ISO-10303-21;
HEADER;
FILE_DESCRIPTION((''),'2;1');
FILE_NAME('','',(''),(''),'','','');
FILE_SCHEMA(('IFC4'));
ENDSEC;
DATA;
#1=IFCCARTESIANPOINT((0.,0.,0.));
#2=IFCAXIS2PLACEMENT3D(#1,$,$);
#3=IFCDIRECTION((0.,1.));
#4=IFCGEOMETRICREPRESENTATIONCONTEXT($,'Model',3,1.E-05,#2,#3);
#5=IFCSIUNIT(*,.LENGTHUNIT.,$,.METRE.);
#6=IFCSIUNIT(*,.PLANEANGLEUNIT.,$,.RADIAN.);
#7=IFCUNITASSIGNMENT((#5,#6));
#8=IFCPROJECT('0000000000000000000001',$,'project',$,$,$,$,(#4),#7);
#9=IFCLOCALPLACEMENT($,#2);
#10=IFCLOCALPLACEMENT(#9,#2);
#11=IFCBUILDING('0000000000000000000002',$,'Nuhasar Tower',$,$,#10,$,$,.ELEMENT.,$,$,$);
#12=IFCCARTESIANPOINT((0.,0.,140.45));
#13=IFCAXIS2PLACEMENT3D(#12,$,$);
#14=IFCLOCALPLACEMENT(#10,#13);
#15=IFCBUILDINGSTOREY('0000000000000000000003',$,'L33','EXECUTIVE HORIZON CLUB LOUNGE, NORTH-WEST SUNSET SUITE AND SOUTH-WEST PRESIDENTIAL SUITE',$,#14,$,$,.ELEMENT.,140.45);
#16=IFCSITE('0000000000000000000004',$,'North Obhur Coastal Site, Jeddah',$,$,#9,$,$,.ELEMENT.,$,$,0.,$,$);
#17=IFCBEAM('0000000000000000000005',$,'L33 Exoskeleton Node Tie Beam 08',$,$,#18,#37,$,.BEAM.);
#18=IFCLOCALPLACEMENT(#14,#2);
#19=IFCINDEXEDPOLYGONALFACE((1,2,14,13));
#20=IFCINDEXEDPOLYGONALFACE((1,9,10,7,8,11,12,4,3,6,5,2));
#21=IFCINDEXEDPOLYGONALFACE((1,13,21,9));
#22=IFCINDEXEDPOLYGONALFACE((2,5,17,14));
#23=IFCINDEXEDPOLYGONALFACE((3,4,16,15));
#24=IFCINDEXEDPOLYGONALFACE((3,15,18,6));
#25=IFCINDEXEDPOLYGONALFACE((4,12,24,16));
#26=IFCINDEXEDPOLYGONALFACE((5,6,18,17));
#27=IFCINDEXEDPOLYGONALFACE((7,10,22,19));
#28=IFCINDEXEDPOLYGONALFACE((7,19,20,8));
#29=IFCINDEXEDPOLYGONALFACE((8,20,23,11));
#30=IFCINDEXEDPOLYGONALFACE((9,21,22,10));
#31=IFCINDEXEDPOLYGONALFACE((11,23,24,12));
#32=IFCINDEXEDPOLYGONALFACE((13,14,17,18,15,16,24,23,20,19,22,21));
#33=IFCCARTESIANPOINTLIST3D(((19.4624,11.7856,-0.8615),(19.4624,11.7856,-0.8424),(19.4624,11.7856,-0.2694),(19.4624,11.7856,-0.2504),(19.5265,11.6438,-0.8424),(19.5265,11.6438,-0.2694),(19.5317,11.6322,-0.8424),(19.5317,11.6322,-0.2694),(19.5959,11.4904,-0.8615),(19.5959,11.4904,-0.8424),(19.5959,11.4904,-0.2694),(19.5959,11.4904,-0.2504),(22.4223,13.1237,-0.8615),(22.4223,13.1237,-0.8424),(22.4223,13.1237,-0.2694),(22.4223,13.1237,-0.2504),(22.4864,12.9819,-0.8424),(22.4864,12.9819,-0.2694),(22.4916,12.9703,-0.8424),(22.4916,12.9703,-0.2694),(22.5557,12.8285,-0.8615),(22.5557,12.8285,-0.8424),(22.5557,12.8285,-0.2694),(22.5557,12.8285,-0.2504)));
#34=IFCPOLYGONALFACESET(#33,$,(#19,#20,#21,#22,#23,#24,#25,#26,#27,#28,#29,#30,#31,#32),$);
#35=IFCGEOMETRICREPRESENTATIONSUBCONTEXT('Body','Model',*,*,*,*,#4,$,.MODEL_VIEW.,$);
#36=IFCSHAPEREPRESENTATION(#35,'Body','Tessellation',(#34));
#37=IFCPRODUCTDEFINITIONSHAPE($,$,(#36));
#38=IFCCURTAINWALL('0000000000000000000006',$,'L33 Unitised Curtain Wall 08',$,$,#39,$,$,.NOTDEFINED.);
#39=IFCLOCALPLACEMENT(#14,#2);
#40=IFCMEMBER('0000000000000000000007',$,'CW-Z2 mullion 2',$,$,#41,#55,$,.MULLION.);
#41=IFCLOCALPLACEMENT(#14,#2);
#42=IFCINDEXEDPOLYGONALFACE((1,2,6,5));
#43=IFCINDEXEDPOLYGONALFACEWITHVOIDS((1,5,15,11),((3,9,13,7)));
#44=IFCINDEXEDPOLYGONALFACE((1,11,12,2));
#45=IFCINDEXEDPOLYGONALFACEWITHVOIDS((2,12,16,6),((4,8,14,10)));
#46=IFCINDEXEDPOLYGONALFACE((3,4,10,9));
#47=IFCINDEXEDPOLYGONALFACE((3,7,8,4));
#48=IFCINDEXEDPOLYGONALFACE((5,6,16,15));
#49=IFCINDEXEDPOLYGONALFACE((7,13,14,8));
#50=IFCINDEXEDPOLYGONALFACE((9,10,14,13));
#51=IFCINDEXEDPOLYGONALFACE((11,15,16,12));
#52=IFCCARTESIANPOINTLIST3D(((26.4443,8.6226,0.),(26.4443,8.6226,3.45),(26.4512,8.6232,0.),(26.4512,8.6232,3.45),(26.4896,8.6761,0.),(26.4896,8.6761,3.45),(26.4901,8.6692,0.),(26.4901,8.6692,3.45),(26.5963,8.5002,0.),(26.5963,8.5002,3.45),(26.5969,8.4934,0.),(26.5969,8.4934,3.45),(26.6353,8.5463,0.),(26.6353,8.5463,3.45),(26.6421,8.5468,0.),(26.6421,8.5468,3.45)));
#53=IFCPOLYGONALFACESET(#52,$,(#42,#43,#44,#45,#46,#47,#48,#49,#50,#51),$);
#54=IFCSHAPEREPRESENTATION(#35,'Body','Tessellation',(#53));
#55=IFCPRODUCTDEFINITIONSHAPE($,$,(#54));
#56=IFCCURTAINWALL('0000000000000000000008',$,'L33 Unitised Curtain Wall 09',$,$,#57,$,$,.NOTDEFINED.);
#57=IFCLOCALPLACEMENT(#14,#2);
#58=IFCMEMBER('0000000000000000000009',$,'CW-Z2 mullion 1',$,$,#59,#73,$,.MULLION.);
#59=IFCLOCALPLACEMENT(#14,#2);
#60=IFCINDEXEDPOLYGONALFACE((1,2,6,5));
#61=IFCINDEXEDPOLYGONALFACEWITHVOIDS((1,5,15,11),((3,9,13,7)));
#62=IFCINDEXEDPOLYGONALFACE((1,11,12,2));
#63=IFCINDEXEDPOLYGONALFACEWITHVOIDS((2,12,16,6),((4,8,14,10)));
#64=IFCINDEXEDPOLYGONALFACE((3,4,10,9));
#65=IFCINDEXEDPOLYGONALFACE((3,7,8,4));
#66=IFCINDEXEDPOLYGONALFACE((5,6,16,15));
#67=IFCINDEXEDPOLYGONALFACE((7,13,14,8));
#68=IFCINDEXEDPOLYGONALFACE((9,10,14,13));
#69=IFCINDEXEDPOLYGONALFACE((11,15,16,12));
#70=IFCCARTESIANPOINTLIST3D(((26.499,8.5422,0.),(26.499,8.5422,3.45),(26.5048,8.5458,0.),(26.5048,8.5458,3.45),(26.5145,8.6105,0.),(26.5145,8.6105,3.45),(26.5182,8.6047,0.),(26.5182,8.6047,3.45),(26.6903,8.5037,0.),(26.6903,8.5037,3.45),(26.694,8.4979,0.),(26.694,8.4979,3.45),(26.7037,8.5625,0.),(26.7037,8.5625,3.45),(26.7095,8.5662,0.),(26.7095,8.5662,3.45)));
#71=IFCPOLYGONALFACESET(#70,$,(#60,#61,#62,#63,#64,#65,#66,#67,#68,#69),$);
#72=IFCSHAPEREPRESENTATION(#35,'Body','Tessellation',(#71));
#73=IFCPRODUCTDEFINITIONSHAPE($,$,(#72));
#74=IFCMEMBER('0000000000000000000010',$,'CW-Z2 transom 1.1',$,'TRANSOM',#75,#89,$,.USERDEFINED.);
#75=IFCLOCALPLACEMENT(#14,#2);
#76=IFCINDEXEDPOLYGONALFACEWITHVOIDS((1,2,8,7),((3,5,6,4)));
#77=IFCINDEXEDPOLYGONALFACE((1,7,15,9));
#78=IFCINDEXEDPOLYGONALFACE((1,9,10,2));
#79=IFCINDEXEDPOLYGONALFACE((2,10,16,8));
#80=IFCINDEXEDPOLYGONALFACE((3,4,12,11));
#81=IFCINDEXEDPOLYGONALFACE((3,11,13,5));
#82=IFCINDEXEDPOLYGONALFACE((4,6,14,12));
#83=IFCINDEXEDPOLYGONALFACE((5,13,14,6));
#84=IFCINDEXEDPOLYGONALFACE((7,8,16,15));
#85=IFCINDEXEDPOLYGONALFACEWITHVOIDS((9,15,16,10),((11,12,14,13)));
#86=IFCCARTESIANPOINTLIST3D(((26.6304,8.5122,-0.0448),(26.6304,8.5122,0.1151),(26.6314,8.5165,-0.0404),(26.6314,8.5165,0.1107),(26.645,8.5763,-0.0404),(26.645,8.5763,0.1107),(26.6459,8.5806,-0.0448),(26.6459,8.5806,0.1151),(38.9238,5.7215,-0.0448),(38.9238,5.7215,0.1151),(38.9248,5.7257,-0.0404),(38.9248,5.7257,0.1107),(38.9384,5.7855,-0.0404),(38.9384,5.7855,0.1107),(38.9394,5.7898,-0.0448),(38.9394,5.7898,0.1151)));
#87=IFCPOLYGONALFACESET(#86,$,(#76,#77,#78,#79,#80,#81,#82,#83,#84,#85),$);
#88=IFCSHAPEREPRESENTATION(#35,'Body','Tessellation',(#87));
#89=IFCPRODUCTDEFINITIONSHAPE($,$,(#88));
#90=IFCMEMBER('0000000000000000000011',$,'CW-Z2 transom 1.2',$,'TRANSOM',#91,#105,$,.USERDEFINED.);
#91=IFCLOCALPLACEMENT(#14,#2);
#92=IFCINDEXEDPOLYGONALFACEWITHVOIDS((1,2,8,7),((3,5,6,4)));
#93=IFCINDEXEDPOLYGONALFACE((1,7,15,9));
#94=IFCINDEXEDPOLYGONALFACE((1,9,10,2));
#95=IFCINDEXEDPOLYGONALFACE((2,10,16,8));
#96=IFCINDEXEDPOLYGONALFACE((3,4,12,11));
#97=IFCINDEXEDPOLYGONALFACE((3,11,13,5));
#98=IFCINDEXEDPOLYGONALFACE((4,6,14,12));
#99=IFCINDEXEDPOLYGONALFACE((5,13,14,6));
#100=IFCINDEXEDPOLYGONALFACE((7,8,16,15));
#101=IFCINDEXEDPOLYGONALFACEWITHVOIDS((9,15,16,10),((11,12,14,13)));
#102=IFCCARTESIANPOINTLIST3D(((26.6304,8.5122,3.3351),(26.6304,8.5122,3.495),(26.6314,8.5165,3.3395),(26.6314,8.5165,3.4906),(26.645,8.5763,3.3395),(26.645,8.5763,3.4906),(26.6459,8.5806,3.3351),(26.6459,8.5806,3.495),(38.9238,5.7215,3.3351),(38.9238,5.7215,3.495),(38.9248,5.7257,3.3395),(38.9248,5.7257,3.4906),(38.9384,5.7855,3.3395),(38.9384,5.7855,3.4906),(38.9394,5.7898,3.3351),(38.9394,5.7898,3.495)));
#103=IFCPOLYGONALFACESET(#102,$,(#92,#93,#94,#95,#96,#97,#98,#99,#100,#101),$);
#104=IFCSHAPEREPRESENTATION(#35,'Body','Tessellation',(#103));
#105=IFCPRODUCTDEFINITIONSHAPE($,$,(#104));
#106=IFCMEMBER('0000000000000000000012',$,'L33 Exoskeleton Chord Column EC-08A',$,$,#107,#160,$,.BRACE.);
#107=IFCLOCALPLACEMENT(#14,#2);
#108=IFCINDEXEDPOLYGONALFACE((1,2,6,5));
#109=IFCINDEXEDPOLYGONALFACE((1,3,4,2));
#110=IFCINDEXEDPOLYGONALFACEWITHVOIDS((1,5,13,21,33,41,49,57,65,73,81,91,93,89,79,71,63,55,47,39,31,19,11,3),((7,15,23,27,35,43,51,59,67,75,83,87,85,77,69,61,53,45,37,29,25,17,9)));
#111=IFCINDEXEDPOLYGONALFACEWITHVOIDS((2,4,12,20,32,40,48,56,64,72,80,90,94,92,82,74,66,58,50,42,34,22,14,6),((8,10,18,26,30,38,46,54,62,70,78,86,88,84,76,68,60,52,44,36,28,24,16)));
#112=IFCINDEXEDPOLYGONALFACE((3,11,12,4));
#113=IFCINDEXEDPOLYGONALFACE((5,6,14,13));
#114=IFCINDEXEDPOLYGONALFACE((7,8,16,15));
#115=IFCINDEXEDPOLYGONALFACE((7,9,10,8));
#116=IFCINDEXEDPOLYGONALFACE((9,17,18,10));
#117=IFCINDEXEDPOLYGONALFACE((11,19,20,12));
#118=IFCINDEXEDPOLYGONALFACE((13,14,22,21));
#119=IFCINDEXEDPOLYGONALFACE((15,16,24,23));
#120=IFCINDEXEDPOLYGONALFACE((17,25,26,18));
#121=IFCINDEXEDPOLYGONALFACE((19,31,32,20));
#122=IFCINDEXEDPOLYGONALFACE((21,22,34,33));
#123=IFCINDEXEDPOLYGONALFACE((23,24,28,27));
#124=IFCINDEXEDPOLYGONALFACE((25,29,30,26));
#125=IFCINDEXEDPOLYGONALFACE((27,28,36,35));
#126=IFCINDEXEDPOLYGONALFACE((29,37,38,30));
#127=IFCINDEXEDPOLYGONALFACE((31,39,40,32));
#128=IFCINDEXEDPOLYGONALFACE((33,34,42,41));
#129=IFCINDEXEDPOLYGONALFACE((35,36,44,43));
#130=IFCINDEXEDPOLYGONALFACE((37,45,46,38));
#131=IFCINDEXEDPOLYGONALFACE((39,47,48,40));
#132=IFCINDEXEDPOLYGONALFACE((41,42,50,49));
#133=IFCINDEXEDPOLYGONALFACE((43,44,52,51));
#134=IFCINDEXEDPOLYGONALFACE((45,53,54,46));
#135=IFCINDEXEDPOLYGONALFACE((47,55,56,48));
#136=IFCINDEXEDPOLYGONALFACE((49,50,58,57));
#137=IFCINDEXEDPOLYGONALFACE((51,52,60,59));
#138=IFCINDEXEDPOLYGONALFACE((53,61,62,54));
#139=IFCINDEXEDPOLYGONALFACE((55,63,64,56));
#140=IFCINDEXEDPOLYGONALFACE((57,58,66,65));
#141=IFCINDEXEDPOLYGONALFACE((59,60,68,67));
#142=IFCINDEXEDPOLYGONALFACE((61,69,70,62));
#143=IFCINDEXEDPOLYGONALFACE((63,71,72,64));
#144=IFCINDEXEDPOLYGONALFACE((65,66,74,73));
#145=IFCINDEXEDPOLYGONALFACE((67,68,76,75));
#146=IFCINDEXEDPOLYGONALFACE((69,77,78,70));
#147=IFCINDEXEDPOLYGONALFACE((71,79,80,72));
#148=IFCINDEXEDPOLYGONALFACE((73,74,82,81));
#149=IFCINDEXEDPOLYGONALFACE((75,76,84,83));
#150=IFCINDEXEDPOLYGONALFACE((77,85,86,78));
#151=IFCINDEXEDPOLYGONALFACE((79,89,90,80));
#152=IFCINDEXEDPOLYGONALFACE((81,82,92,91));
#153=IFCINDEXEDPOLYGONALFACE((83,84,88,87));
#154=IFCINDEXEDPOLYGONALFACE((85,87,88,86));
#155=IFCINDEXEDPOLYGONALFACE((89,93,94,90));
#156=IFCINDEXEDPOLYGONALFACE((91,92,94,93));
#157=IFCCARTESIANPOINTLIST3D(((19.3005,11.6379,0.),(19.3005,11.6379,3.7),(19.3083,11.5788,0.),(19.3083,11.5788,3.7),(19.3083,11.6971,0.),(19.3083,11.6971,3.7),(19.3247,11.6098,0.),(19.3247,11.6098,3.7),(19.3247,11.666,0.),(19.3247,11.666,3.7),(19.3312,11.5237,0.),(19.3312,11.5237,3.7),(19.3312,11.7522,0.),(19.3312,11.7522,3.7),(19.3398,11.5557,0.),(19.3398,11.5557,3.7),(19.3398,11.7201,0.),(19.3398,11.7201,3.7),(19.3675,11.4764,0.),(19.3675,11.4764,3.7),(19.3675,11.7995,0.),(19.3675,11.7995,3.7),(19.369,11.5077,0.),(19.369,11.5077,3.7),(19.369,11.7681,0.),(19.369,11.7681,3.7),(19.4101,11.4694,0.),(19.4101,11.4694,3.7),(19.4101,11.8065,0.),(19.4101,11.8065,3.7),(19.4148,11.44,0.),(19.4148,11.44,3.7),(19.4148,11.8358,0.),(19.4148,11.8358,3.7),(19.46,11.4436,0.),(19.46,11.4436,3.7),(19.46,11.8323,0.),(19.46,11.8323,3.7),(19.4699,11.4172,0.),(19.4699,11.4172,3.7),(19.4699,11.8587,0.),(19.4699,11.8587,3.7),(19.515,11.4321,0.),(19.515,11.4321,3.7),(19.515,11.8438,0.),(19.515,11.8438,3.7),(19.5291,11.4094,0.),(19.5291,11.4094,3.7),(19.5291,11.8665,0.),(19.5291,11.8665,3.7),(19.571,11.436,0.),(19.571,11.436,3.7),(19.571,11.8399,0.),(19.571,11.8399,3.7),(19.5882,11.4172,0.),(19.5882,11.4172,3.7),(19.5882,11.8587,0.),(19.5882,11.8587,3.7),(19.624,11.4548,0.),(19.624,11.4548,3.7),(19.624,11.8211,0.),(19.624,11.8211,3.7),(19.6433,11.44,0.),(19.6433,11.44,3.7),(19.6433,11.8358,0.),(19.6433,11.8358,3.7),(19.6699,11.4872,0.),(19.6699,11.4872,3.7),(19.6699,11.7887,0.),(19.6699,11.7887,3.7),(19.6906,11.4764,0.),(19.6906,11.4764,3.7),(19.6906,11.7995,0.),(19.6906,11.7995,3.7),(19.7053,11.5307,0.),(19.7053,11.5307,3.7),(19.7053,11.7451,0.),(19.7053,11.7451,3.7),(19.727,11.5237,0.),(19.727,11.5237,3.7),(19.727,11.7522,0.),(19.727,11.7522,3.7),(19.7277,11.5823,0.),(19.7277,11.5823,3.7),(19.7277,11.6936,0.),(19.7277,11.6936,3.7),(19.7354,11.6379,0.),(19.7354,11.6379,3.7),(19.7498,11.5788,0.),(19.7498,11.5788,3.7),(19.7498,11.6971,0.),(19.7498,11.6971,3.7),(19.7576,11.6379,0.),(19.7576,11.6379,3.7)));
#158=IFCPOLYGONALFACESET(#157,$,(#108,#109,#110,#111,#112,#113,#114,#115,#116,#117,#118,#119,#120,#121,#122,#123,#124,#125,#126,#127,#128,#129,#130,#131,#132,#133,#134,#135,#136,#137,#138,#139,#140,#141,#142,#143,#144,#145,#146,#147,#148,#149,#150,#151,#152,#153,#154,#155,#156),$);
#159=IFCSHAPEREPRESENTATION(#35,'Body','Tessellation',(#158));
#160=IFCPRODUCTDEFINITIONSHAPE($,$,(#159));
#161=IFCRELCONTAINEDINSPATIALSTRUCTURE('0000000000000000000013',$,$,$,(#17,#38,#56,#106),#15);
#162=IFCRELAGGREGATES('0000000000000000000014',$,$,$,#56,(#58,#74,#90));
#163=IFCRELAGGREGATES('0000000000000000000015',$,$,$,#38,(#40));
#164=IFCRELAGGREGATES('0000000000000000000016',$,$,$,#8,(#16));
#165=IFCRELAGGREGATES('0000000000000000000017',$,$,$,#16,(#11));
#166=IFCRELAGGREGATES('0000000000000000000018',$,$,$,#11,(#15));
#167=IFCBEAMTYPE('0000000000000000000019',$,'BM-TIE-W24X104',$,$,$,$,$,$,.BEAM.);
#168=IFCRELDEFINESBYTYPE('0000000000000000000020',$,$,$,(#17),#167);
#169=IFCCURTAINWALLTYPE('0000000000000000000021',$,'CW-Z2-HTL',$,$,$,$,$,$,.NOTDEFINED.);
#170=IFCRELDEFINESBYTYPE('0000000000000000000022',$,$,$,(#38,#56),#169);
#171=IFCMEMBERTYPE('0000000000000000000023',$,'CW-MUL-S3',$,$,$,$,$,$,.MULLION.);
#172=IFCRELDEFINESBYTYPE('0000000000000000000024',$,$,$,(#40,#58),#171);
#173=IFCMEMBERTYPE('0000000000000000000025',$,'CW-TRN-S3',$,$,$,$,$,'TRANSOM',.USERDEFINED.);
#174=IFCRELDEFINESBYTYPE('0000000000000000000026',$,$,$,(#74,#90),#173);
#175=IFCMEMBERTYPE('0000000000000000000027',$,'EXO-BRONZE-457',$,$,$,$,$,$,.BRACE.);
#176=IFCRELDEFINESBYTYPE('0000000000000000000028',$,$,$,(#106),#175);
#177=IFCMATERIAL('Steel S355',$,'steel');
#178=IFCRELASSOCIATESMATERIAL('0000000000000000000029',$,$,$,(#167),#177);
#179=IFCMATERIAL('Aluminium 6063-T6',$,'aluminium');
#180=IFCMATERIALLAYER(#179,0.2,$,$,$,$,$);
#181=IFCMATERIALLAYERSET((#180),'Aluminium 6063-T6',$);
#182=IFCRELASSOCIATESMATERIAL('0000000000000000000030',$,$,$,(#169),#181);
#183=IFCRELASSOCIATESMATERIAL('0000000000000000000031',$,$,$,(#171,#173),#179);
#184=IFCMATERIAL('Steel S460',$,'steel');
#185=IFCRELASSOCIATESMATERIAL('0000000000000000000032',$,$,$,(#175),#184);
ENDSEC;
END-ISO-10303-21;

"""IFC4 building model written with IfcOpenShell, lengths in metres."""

from ifc_helpers import new_model, si_unit, direction, frame, origin, origin_2d, place, context, subcontext, project, spatial, hollow_rectangle, hollow_circle, i_section, extrude, material, layer, layer_set, material_profile, profile_set, type_object, element, aggregate, save


model = new_model("IFC4")

# Units and contexts
model_context = context("Model", 3, precision=1e-05, world=origin(), true_north=direction((0.0, 1.0)))
body_context = subcontext(model_context, "Body", "Model", "MODEL_VIEW")
ifc_project = project(units=[si_unit("LENGTHUNIT", "METRE"), si_unit("PLANEANGLEUNIT", "RADIAN")], contexts=[model_context])

# Site, building, storey
site_placement = place(None, origin())
site = spatial("IfcSite", under=ifc_project, at=site_placement, Name="North Obhur Coastal Site, Jeddah", CompositionType="ELEMENT", RefElevation=0.0)
building_placement = place(site_placement, origin())
building = spatial("IfcBuilding", under=site, at=building_placement, Name="Nuhasar Tower", CompositionType="ELEMENT")
storey_placement = place(building_placement, frame((0.0, 0.0, 140.45)))
storey = spatial("IfcBuildingStorey", under=building, at=storey_placement, Name="L33", Description="EXECUTIVE HORIZON CLUB LOUNGE, NORTH-WEST SUNSET SUITE AND SOUTH-WEST PRESIDENTIAL SUITE", CompositionType="ELEMENT", Elevation=140.45)

# Beam
ifc_material_1 = material(Name="Steel S355", Category="steel")
ifc_material_profile_1 = material_profile(ifc_material_1, i_section(OverallWidth=0.324, OverallDepth=0.6111, WebThickness=0.0127, FlangeThickness=0.019, at=origin_2d()), Name="W24X104")
ifc_profile_set_1 = profile_set([ifc_material_profile_1], Name="Steel S355")
beam_type_1 = type_object("IfcBeamType", Name="BM-TIE-W24X104", PredefinedType="BEAM", material=ifc_profile_set_1)
beam_1_placement = place(storey_placement, frame((22.489, 12.9761, -0.5559), z_axis=(-0.911211, -0.411939, 0.0), x_axis=(0.411939, -0.911211, 0.0)))
element("IfcBeam", 1, at=beam_1_placement, inside=storey, type_object=beam_type_1, Name="L33 Exoskeleton Node Tie Beam 08", PredefinedType="BEAM", context=body_context, shape_type="SweptSolid", body=[
    extrude(i_section(OverallWidth=0.324, OverallDepth=0.6111, WebThickness=0.0127, FlangeThickness=0.019, at=origin_2d()), origin(), (0.0, 0.0, 1.0), 3.2483),
])

# Curtain wall, member
ifc_material_2 = material(Name="Aluminium 6063-T6", Category="aluminium")
ifc_layer_1 = layer(ifc_material_2, 0.2)
ifc_layer_set_1 = layer_set([ifc_layer_1], Name="Aluminium 6063-T6")
curtain_wall_type = type_object("IfcCurtainWallType", Name="CW-Z2-HTL", PredefinedType="NOTDEFINED", material=ifc_layer_set_1)
curtain_wall_1_placement = place(storey_placement, origin())
curtain_wall_1 = element("IfcCurtainWall", 2, at=curtain_wall_1_placement, inside=storey, type_object=curtain_wall_type, Name="L33 Unitised Curtain Wall 08", PredefinedType="NOTDEFINED")
ifc_material_profile_2 = material_profile(ifc_material_2, hollow_rectangle(XDim=0.0701, YDim=0.2, WallThickness=0.0049, at=origin_2d()), Name="CWM-3")
ifc_profile_set_2 = profile_set([ifc_material_profile_2], Name="Aluminium 6063-T6")
member_type_1 = type_object("IfcMemberType", Name="CW-MUL-S3", PredefinedType="MULLION", material=ifc_profile_set_2)
member_1_placement = place(storey_placement, frame((26.5432, 8.5847, 0.0), z_axis=(0.0, 0.0, 1.0), x_axis=(0.646374, 0.76302, 0.0)))
member_1 = element("IfcMember", 3, at=member_1_placement, type_object=member_type_1, Name="CW-Z2 mullion 2", PredefinedType="MULLION", context=body_context, shape_type="SweptSolid", body=[
    extrude(hollow_rectangle(XDim=0.0701, YDim=0.2, WallThickness=0.0049, at=origin_2d()), origin(), (0.0, 0.0, 1.0), 3.45),
])

# Curtain wall, members
curtain_wall_2_placement = place(storey_placement, origin())
curtain_wall_2 = element("IfcCurtainWall", 4, at=curtain_wall_2_placement, inside=storey, type_object=curtain_wall_type, Name="L33 Unitised Curtain Wall 09", PredefinedType="NOTDEFINED")
member_2_placement = place(storey_placement, frame((26.6042, 8.5542, 0.0), z_axis=(0.0, 0.0, 1.0), x_axis=(0.221397, 0.975184, 0.0)))
member_2 = element("IfcMember", 5, at=member_2_placement, type_object=member_type_1, Name="CW-Z2 mullion 1", PredefinedType="MULLION", context=body_context, shape_type="SweptSolid", body=[
    extrude(hollow_rectangle(XDim=0.0701, YDim=0.2, WallThickness=0.0049, at=origin_2d()), origin(), (0.0, 0.0, 1.0), 3.45),
])
ifc_material_profile_3 = material_profile(ifc_material_2, hollow_rectangle(XDim=0.0701, YDim=0.1599, WallThickness=0.0044, at=origin_2d()), Name="CWT-3")
ifc_profile_set_3 = profile_set([ifc_material_profile_3], Name="Aluminium 6063-T6")
member_type_2 = type_object("IfcMemberType", Name="CW-TRN-S3", ElementType="TRANSOM", PredefinedType="USERDEFINED", material=ifc_profile_set_3)
member_3_placement = place(storey_placement, frame((26.6382, 8.5464, 0.0352), z_axis=(0.975188, -0.22138, 0.0), x_axis=(0.22138, 0.975188, 0.0)))
member_3 = element("IfcMember", 6, at=member_3_placement, type_object=member_type_2, Name="CW-Z2 transom 1.1", ObjectType="TRANSOM", PredefinedType="USERDEFINED", context=body_context, shape_type="SweptSolid", body=[
    extrude(hollow_rectangle(XDim=0.0701, YDim=0.1599, WallThickness=0.0044, at=origin_2d()), origin(), (0.0, 0.0, 1.0), 12.6062),
])
member_4_placement = place(storey_placement, frame((26.6382, 8.5464, 3.415), z_axis=(0.975188, -0.22138, 0.0), x_axis=(0.22138, 0.975188, 0.0)))
member_4 = element("IfcMember", 7, at=member_4_placement, type_object=member_type_2, Name="CW-Z2 transom 1.2", ObjectType="TRANSOM", PredefinedType="USERDEFINED", context=body_context, shape_type="SweptSolid", body=[
    extrude(hollow_rectangle(XDim=0.0701, YDim=0.1599, WallThickness=0.0044, at=origin_2d()), origin(), (0.0, 0.0, 1.0), 12.6062),
])
aggregate(curtain_wall_2, [member_2, member_3, member_4])

# Member
ifc_material_3 = material(Name="Steel S460", Category="steel")
ifc_material_profile_4 = material_profile(ifc_material_3, hollow_circle(Radius=0.2285, WallThickness=0.0222, at=origin_2d()), Name="HSS457X22.2")
ifc_profile_set_4 = profile_set([ifc_material_profile_4], Name="Steel S460")
member_type_3 = type_object("IfcMemberType", Name="EXO-BRONZE-457", PredefinedType="BRACE", material=ifc_profile_set_4)
for number, where, z_axis, x_axis, name in (
    (8, (19.5291, 11.6379, 0.0), (0.0, 0.0, 1.0), (1.0, 0.0, 0.0), "L33 Exoskeleton Chord Column EC-08A"),
):
    element("IfcMember", number, at=place(storey_placement, frame(where, z_axis=z_axis, x_axis=x_axis)), inside=storey, type_object=member_type_3, Name=name, PredefinedType="BRACE", context=body_context, shape_type="SweptSolid", body=[
        extrude(hollow_circle(Radius=0.2285, WallThickness=0.0222, at=origin_2d()), origin(), (0.0, 0.0, 1.0), 3.7),
    ])

aggregate(curtain_wall_1, [member_1])

save(model, "model.ifc")
